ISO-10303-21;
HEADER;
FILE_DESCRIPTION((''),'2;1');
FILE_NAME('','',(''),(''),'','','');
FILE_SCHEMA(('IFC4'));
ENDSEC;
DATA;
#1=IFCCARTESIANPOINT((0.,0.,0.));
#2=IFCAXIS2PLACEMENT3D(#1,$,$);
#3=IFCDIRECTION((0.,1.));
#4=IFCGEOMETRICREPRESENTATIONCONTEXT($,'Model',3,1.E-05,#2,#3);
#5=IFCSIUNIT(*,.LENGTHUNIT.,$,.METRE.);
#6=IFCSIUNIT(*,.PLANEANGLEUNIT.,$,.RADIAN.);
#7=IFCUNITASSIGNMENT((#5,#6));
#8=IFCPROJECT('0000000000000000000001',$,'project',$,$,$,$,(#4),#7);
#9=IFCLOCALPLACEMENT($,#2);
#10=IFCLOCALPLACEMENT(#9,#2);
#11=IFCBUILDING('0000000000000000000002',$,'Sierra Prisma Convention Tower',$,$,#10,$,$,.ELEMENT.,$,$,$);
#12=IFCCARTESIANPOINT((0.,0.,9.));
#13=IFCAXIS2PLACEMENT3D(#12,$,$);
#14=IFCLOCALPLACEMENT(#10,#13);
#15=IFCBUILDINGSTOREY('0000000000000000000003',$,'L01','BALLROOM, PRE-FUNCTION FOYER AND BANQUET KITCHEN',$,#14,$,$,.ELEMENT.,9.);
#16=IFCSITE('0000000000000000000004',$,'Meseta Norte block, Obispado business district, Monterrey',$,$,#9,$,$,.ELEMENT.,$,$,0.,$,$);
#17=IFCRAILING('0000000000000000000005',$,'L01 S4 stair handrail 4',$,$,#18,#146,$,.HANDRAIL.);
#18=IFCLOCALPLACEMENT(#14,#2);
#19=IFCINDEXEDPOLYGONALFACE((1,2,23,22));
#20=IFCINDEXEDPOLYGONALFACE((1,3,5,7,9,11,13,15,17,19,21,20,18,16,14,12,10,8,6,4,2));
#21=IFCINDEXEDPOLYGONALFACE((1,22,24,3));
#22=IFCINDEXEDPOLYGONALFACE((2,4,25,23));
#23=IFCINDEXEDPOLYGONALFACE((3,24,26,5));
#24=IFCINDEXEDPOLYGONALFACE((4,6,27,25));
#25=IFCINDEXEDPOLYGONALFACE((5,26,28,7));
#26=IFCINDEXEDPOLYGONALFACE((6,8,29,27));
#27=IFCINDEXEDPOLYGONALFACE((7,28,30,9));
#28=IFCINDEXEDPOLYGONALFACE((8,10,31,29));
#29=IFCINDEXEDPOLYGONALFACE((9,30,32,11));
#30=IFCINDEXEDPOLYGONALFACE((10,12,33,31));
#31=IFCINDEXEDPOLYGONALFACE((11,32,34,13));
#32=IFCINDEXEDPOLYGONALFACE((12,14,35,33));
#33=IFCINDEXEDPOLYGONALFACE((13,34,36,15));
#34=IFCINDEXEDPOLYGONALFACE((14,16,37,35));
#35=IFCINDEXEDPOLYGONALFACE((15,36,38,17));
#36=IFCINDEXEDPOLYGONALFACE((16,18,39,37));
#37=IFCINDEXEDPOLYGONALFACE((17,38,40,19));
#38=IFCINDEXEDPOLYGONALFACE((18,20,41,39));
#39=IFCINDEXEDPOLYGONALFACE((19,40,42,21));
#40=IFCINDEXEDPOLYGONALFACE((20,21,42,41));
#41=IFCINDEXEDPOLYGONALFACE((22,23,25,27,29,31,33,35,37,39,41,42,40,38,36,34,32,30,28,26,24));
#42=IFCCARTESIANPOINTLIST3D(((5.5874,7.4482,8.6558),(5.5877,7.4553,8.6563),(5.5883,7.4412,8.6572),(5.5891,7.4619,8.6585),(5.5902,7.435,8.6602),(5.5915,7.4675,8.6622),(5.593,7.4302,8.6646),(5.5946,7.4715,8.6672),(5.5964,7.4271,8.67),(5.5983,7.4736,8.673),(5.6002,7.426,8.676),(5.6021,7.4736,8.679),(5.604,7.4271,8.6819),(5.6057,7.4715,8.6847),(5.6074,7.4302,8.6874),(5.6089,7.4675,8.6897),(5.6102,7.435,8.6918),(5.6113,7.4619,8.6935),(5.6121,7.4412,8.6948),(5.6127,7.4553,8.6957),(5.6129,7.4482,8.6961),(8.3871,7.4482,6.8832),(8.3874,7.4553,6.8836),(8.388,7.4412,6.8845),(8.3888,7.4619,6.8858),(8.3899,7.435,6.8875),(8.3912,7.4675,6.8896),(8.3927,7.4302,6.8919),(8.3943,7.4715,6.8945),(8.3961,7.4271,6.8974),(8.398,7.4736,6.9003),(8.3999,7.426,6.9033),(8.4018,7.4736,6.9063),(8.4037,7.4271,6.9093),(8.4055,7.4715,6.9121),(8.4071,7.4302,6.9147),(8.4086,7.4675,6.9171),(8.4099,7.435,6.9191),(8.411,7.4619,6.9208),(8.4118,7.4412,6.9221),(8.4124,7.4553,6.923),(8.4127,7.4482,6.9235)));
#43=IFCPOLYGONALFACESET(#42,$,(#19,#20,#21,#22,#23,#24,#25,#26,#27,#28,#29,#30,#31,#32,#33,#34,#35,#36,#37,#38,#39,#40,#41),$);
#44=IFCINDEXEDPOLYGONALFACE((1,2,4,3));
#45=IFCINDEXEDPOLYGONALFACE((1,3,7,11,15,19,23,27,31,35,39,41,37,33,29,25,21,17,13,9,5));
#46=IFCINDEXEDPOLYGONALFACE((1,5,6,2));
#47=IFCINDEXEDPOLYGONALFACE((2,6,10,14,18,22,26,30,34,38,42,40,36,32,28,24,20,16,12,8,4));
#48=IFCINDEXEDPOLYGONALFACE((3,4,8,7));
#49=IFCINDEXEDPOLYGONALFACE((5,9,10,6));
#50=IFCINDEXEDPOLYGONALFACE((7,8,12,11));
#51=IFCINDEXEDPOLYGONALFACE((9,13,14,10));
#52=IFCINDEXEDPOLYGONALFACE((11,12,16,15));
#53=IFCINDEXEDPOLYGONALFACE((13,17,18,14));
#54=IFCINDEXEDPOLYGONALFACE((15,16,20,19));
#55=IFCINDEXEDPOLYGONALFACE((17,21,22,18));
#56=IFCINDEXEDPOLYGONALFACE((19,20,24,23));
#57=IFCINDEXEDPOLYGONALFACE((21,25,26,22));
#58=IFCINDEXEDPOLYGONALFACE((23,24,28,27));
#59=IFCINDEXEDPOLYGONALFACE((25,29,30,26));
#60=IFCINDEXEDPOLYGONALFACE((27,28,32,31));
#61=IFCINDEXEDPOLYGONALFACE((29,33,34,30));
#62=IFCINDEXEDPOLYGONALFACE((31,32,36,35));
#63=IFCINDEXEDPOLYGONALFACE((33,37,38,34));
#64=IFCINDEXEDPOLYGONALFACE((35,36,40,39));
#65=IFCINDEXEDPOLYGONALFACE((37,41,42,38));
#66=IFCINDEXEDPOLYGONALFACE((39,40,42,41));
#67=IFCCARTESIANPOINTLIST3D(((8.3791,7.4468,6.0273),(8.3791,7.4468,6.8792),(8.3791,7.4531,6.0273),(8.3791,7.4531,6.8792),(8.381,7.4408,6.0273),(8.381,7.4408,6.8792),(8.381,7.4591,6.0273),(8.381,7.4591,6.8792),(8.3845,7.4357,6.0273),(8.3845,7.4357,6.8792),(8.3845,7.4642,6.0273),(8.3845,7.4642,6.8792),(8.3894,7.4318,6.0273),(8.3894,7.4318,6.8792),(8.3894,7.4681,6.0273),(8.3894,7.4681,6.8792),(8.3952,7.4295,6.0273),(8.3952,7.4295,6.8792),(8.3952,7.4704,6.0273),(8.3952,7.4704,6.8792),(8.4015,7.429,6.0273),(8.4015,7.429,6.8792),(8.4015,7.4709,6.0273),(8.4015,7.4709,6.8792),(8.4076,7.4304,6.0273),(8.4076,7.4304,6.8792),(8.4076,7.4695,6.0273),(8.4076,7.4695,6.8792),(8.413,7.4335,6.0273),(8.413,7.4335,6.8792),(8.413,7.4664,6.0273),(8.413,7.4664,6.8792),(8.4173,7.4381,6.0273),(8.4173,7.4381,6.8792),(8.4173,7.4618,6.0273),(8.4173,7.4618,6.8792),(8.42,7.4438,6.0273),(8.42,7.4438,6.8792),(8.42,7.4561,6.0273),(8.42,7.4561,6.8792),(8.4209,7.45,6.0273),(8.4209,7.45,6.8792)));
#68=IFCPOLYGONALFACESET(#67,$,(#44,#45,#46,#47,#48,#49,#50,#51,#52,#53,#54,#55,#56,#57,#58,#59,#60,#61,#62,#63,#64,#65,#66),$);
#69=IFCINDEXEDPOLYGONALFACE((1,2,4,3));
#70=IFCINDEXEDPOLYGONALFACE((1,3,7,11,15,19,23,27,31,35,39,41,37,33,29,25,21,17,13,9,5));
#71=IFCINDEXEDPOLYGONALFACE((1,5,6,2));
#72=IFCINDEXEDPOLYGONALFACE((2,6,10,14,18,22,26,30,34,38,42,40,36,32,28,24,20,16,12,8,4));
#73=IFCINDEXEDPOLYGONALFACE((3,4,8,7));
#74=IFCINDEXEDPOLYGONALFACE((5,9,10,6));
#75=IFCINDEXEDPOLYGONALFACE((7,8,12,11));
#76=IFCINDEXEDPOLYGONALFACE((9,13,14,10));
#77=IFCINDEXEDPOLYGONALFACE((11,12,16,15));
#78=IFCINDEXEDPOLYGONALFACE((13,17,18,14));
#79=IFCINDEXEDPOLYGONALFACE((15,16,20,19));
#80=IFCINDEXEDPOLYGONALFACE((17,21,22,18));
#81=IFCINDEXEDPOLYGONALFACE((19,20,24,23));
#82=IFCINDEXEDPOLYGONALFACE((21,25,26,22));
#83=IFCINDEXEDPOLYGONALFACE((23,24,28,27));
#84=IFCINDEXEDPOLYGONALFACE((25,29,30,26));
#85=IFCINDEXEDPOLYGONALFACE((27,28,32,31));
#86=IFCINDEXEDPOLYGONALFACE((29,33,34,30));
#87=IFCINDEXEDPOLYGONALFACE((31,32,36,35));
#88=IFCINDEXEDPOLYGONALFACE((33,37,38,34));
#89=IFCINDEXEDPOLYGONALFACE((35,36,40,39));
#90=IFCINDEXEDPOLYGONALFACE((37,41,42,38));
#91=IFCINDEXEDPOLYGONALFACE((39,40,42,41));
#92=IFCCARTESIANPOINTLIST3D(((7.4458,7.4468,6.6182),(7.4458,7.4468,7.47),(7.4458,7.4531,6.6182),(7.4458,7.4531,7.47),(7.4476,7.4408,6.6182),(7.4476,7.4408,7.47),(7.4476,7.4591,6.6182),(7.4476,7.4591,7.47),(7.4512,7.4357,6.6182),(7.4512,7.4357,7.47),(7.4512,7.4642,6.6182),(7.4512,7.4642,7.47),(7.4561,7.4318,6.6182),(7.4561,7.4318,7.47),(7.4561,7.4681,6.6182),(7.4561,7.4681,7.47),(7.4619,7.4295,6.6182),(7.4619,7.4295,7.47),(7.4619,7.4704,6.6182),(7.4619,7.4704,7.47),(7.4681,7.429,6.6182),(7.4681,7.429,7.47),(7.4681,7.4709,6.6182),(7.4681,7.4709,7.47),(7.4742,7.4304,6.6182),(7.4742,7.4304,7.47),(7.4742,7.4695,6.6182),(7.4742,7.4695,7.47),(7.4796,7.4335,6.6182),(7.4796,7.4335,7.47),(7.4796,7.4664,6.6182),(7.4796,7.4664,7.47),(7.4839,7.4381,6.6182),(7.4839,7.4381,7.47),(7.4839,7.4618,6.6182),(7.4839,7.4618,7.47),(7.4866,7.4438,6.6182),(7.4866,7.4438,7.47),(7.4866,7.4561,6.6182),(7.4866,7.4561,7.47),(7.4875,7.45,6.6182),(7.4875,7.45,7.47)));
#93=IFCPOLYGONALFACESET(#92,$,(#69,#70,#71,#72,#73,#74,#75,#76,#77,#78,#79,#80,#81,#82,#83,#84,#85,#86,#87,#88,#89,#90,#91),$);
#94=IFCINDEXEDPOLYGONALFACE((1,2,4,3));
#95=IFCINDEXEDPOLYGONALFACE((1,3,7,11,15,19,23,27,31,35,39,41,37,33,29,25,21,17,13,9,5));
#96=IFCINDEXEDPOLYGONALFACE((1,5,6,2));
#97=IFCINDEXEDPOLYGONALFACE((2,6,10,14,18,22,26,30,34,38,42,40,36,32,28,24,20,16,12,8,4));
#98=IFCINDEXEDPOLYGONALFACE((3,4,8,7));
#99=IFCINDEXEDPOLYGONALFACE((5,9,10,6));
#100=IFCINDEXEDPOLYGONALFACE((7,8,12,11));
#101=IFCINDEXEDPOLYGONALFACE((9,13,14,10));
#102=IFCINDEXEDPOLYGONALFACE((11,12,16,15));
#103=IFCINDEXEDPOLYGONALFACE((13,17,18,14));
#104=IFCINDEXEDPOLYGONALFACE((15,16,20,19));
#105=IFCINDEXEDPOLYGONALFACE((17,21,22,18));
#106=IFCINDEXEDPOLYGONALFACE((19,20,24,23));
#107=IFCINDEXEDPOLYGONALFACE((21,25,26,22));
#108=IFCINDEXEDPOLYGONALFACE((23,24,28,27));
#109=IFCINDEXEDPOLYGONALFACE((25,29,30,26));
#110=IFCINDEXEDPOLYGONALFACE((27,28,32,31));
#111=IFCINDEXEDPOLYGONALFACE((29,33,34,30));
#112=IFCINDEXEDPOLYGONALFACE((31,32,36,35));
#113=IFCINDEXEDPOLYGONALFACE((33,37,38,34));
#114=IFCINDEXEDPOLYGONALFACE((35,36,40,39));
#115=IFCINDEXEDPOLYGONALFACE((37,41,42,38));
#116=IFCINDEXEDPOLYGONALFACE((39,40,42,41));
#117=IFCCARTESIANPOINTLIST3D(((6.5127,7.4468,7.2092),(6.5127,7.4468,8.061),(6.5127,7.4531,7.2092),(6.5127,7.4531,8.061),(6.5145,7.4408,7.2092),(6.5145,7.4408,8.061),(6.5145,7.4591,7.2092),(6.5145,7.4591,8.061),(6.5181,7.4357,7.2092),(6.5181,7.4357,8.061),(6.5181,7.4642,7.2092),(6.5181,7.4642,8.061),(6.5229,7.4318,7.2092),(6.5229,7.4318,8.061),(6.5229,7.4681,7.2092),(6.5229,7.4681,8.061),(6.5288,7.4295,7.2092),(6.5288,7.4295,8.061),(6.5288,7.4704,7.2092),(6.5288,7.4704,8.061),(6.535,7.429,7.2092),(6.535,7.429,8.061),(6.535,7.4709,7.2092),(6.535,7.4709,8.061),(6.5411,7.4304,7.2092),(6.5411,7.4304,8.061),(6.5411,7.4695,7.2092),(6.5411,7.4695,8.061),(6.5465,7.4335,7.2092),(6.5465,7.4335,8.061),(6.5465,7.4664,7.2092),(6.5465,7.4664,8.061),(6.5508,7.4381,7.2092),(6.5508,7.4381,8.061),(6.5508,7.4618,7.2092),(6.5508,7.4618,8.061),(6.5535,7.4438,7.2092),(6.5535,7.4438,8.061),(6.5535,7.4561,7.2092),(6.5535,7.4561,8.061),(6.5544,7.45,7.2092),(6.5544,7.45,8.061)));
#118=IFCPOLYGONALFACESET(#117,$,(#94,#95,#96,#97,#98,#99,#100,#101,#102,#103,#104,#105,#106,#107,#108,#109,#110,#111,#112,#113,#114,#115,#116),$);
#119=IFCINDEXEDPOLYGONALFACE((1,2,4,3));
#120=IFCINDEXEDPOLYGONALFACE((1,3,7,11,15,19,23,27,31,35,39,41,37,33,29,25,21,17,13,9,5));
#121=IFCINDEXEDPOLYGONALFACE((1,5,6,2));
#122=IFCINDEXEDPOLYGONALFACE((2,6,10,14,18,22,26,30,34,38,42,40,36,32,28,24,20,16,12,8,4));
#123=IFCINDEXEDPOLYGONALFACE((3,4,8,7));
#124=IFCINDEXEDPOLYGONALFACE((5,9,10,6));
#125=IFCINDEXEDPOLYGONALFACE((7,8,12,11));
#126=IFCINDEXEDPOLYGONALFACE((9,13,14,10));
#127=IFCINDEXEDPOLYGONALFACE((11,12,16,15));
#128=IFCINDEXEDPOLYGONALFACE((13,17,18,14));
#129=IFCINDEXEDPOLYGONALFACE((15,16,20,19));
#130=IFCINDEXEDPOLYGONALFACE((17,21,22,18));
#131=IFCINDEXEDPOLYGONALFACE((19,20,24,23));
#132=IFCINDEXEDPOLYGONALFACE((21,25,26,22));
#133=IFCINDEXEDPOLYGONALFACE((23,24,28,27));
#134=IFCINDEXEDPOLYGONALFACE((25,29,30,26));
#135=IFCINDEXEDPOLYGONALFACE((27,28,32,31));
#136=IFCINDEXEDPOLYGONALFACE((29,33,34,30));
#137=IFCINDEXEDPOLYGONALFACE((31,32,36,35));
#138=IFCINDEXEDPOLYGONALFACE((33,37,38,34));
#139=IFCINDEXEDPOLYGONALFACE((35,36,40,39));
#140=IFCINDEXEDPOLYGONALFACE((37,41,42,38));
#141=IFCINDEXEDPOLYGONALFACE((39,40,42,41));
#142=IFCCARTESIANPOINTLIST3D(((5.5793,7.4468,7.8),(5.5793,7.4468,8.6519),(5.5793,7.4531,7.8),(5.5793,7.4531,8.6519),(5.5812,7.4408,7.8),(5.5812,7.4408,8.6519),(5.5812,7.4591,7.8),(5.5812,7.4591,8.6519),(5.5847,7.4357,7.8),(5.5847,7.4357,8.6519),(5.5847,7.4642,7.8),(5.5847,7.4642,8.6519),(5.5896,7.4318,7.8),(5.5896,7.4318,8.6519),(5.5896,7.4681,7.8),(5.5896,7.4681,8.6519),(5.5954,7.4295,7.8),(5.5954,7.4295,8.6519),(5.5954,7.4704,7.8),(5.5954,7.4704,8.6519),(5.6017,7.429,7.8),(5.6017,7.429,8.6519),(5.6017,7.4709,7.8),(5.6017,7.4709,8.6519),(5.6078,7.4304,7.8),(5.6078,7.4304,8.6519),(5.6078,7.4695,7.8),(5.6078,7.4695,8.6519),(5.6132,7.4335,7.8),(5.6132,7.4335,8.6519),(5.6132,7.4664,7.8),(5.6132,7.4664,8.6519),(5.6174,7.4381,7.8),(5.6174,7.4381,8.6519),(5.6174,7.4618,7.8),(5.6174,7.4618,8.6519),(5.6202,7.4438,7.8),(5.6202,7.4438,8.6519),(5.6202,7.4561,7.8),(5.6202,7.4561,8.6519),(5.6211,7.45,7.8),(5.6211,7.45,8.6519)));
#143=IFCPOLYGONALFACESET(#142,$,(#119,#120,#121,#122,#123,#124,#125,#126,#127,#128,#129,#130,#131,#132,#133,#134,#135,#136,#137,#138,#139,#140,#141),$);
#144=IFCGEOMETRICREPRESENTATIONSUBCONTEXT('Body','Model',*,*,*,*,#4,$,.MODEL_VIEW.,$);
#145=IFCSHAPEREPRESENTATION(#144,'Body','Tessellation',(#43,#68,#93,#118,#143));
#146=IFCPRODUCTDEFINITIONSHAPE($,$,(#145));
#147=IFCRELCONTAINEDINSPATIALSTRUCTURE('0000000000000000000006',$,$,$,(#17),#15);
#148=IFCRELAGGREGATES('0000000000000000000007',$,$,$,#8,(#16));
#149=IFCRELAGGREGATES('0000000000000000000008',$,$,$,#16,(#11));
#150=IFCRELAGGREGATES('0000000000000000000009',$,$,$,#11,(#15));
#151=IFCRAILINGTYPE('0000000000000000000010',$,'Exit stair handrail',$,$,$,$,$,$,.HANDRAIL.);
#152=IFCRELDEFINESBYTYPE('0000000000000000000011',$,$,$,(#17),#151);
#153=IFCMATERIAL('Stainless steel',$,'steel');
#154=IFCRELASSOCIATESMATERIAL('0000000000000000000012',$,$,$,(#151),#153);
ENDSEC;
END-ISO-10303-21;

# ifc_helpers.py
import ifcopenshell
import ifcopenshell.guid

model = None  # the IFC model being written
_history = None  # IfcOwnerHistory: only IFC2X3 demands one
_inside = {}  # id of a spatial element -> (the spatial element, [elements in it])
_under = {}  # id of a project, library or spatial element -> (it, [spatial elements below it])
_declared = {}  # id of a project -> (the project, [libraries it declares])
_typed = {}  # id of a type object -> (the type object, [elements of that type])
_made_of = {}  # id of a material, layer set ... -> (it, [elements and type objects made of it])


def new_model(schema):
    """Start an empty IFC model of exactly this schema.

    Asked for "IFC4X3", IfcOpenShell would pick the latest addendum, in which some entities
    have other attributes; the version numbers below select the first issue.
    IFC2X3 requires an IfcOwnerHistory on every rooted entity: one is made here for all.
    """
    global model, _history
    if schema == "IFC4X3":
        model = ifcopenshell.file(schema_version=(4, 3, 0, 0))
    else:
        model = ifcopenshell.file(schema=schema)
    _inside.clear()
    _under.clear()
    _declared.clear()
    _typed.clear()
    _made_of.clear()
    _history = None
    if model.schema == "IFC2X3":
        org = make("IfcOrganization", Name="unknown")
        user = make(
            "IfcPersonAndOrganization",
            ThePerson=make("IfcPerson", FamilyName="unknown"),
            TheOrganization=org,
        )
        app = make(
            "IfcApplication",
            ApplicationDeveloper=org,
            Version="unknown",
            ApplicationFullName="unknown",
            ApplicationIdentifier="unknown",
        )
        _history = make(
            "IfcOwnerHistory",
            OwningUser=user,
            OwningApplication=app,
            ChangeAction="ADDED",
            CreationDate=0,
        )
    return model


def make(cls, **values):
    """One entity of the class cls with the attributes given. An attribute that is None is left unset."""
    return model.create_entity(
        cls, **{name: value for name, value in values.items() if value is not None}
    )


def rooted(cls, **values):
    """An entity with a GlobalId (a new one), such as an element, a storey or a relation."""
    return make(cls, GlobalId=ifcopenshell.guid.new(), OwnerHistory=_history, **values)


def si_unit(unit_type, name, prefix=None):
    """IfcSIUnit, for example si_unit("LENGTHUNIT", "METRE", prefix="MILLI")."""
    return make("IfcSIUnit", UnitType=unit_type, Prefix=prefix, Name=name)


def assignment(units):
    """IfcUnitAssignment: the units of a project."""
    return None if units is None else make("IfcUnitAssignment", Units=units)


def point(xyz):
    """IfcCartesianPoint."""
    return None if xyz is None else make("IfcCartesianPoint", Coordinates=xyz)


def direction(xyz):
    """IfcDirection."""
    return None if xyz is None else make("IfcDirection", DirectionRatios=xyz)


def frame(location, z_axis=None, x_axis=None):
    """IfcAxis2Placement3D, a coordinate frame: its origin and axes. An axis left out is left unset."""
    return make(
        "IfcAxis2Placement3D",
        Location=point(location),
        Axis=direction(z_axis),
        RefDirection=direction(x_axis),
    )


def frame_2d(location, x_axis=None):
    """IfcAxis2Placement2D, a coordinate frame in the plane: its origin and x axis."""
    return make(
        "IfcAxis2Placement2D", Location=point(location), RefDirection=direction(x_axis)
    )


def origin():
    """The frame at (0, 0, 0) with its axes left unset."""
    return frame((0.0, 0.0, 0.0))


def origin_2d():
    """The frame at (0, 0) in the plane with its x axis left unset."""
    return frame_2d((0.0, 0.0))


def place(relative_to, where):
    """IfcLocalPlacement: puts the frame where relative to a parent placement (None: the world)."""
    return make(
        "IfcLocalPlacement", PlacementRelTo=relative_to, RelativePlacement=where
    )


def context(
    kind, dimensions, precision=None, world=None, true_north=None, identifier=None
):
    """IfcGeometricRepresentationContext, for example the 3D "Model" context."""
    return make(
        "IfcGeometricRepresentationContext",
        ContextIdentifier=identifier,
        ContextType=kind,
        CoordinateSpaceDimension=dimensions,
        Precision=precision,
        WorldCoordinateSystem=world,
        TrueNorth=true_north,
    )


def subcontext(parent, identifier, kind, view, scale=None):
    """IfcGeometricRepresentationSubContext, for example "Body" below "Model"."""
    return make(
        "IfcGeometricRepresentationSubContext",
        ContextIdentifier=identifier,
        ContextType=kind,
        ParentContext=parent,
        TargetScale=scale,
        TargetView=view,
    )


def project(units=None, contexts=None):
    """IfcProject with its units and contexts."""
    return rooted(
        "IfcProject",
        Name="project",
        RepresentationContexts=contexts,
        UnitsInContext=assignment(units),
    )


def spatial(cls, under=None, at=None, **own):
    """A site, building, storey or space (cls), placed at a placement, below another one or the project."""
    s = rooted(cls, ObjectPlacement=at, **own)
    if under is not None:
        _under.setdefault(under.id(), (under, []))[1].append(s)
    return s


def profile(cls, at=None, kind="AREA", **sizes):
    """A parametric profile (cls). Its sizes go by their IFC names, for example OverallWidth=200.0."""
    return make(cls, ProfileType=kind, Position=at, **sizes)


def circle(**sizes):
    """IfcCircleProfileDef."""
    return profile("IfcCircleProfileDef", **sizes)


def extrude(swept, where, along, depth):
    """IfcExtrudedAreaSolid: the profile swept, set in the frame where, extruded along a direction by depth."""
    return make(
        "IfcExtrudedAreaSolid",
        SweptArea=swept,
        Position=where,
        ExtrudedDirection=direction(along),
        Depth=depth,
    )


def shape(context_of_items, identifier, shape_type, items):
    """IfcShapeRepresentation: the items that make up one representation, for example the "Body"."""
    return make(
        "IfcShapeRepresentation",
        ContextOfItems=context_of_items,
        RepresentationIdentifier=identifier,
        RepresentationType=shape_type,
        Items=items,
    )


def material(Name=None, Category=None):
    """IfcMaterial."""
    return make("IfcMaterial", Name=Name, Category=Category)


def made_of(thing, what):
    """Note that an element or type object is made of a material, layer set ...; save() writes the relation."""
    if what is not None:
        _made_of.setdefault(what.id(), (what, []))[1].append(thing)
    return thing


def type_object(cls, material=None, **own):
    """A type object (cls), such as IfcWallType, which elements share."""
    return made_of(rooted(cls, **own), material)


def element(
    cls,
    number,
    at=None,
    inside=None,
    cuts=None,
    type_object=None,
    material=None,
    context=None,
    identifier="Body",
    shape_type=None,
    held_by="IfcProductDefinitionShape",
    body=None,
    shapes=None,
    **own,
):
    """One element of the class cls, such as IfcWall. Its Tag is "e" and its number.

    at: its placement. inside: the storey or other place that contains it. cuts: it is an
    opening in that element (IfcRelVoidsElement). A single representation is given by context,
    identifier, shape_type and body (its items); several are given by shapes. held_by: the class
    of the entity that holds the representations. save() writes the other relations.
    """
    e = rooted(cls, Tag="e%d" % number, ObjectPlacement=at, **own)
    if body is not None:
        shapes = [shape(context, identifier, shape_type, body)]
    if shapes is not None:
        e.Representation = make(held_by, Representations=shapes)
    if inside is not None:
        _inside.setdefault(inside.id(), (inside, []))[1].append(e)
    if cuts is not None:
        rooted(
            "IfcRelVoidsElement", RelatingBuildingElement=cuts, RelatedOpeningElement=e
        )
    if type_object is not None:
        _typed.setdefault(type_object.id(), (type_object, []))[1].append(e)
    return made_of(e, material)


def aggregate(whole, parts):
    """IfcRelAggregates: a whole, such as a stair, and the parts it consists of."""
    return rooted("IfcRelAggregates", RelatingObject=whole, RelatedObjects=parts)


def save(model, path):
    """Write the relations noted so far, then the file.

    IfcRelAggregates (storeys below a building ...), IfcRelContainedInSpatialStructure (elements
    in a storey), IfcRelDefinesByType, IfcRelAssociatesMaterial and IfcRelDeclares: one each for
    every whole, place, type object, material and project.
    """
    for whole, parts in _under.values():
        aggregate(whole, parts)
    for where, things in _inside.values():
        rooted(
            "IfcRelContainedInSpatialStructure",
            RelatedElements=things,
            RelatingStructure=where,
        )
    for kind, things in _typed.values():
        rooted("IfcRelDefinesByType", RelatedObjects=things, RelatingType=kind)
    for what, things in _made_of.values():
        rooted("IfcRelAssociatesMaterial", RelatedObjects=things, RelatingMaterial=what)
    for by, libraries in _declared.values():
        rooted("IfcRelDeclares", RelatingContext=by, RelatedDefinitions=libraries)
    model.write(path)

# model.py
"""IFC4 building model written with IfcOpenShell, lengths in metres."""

from ifc_helpers import new_model, si_unit, direction, frame, origin, origin_2d, place, context, subcontext, project, spatial, circle, extrude, material, type_object, element, save


model = new_model("IFC4")

# Units and contexts
model_context = context("Model", 3, precision=1e-05, world=origin(), true_north=direction((0.0, 1.0)))
body_context = subcontext(model_context, "Body", "Model", "MODEL_VIEW")
ifc_project = project(units=[si_unit("LENGTHUNIT", "METRE"), si_unit("PLANEANGLEUNIT", "RADIAN")], contexts=[model_context])

# Site, building, storey
site_placement = place(None, origin())
site = spatial("IfcSite", under=ifc_project, at=site_placement, Name="Meseta Norte block, Obispado business district, Monterrey", CompositionType="ELEMENT", RefElevation=0.0)
building_placement = place(site_placement, origin())
building = spatial("IfcBuilding", under=site, at=building_placement, Name="Sierra Prisma Convention Tower", CompositionType="ELEMENT")
storey_placement = place(building_placement, frame((0.0, 0.0, 9.0)))
storey = spatial("IfcBuildingStorey", under=building, at=storey_placement, Name="L01", Description="BALLROOM, PRE-FUNCTION FOYER AND BANQUET KITCHEN", CompositionType="ELEMENT", Elevation=9.0)

# Railing
ifc_material_1 = material(Name="Stainless steel", Category="steel")
railing_type_1 = type_object("IfcRailingType", Name="Exit stair handrail", PredefinedType="HANDRAIL", material=ifc_material_1)
for number, where, name in (
    (1, (8.3999, 7.45, 6.0273), "L01 S4 stair handrail 4"),
):
    element("IfcRailing", number, at=place(storey_placement, frame(where)), inside=storey, type_object=railing_type_1, Name=name, PredefinedType="HANDRAIL", context=body_context, shape_type="SweptSolid", body=[
        extrude(circle(Radius=0.0239, at=origin_2d()), frame((0.0, 0.0, 0.876), z_axis=(-0.844888, 0.0, 0.534943), x_axis=(0.0, -1.0, 0.0)), (0.0, 0.0, 1.0), 3.3137),
        extrude(circle(Radius=0.021, at=origin_2d()), origin(), (0.0, 0.0, 1.0), 0.8518),
        extrude(circle(Radius=0.021, at=origin_2d()), frame((-0.9333, 0.0, 0.5908)), (0.0, 0.0, 1.0), 0.8518),
        extrude(circle(Radius=0.021, at=origin_2d()), frame((-1.8665, 0.0, 1.1819)), (0.0, 0.0, 1.0), 0.8518),
        extrude(circle(Radius=0.021, at=origin_2d()), frame((-2.7998, 0.0, 1.7727)), (0.0, 0.0, 1.0), 0.8518),
    ])

save(model, "model.ifc")
